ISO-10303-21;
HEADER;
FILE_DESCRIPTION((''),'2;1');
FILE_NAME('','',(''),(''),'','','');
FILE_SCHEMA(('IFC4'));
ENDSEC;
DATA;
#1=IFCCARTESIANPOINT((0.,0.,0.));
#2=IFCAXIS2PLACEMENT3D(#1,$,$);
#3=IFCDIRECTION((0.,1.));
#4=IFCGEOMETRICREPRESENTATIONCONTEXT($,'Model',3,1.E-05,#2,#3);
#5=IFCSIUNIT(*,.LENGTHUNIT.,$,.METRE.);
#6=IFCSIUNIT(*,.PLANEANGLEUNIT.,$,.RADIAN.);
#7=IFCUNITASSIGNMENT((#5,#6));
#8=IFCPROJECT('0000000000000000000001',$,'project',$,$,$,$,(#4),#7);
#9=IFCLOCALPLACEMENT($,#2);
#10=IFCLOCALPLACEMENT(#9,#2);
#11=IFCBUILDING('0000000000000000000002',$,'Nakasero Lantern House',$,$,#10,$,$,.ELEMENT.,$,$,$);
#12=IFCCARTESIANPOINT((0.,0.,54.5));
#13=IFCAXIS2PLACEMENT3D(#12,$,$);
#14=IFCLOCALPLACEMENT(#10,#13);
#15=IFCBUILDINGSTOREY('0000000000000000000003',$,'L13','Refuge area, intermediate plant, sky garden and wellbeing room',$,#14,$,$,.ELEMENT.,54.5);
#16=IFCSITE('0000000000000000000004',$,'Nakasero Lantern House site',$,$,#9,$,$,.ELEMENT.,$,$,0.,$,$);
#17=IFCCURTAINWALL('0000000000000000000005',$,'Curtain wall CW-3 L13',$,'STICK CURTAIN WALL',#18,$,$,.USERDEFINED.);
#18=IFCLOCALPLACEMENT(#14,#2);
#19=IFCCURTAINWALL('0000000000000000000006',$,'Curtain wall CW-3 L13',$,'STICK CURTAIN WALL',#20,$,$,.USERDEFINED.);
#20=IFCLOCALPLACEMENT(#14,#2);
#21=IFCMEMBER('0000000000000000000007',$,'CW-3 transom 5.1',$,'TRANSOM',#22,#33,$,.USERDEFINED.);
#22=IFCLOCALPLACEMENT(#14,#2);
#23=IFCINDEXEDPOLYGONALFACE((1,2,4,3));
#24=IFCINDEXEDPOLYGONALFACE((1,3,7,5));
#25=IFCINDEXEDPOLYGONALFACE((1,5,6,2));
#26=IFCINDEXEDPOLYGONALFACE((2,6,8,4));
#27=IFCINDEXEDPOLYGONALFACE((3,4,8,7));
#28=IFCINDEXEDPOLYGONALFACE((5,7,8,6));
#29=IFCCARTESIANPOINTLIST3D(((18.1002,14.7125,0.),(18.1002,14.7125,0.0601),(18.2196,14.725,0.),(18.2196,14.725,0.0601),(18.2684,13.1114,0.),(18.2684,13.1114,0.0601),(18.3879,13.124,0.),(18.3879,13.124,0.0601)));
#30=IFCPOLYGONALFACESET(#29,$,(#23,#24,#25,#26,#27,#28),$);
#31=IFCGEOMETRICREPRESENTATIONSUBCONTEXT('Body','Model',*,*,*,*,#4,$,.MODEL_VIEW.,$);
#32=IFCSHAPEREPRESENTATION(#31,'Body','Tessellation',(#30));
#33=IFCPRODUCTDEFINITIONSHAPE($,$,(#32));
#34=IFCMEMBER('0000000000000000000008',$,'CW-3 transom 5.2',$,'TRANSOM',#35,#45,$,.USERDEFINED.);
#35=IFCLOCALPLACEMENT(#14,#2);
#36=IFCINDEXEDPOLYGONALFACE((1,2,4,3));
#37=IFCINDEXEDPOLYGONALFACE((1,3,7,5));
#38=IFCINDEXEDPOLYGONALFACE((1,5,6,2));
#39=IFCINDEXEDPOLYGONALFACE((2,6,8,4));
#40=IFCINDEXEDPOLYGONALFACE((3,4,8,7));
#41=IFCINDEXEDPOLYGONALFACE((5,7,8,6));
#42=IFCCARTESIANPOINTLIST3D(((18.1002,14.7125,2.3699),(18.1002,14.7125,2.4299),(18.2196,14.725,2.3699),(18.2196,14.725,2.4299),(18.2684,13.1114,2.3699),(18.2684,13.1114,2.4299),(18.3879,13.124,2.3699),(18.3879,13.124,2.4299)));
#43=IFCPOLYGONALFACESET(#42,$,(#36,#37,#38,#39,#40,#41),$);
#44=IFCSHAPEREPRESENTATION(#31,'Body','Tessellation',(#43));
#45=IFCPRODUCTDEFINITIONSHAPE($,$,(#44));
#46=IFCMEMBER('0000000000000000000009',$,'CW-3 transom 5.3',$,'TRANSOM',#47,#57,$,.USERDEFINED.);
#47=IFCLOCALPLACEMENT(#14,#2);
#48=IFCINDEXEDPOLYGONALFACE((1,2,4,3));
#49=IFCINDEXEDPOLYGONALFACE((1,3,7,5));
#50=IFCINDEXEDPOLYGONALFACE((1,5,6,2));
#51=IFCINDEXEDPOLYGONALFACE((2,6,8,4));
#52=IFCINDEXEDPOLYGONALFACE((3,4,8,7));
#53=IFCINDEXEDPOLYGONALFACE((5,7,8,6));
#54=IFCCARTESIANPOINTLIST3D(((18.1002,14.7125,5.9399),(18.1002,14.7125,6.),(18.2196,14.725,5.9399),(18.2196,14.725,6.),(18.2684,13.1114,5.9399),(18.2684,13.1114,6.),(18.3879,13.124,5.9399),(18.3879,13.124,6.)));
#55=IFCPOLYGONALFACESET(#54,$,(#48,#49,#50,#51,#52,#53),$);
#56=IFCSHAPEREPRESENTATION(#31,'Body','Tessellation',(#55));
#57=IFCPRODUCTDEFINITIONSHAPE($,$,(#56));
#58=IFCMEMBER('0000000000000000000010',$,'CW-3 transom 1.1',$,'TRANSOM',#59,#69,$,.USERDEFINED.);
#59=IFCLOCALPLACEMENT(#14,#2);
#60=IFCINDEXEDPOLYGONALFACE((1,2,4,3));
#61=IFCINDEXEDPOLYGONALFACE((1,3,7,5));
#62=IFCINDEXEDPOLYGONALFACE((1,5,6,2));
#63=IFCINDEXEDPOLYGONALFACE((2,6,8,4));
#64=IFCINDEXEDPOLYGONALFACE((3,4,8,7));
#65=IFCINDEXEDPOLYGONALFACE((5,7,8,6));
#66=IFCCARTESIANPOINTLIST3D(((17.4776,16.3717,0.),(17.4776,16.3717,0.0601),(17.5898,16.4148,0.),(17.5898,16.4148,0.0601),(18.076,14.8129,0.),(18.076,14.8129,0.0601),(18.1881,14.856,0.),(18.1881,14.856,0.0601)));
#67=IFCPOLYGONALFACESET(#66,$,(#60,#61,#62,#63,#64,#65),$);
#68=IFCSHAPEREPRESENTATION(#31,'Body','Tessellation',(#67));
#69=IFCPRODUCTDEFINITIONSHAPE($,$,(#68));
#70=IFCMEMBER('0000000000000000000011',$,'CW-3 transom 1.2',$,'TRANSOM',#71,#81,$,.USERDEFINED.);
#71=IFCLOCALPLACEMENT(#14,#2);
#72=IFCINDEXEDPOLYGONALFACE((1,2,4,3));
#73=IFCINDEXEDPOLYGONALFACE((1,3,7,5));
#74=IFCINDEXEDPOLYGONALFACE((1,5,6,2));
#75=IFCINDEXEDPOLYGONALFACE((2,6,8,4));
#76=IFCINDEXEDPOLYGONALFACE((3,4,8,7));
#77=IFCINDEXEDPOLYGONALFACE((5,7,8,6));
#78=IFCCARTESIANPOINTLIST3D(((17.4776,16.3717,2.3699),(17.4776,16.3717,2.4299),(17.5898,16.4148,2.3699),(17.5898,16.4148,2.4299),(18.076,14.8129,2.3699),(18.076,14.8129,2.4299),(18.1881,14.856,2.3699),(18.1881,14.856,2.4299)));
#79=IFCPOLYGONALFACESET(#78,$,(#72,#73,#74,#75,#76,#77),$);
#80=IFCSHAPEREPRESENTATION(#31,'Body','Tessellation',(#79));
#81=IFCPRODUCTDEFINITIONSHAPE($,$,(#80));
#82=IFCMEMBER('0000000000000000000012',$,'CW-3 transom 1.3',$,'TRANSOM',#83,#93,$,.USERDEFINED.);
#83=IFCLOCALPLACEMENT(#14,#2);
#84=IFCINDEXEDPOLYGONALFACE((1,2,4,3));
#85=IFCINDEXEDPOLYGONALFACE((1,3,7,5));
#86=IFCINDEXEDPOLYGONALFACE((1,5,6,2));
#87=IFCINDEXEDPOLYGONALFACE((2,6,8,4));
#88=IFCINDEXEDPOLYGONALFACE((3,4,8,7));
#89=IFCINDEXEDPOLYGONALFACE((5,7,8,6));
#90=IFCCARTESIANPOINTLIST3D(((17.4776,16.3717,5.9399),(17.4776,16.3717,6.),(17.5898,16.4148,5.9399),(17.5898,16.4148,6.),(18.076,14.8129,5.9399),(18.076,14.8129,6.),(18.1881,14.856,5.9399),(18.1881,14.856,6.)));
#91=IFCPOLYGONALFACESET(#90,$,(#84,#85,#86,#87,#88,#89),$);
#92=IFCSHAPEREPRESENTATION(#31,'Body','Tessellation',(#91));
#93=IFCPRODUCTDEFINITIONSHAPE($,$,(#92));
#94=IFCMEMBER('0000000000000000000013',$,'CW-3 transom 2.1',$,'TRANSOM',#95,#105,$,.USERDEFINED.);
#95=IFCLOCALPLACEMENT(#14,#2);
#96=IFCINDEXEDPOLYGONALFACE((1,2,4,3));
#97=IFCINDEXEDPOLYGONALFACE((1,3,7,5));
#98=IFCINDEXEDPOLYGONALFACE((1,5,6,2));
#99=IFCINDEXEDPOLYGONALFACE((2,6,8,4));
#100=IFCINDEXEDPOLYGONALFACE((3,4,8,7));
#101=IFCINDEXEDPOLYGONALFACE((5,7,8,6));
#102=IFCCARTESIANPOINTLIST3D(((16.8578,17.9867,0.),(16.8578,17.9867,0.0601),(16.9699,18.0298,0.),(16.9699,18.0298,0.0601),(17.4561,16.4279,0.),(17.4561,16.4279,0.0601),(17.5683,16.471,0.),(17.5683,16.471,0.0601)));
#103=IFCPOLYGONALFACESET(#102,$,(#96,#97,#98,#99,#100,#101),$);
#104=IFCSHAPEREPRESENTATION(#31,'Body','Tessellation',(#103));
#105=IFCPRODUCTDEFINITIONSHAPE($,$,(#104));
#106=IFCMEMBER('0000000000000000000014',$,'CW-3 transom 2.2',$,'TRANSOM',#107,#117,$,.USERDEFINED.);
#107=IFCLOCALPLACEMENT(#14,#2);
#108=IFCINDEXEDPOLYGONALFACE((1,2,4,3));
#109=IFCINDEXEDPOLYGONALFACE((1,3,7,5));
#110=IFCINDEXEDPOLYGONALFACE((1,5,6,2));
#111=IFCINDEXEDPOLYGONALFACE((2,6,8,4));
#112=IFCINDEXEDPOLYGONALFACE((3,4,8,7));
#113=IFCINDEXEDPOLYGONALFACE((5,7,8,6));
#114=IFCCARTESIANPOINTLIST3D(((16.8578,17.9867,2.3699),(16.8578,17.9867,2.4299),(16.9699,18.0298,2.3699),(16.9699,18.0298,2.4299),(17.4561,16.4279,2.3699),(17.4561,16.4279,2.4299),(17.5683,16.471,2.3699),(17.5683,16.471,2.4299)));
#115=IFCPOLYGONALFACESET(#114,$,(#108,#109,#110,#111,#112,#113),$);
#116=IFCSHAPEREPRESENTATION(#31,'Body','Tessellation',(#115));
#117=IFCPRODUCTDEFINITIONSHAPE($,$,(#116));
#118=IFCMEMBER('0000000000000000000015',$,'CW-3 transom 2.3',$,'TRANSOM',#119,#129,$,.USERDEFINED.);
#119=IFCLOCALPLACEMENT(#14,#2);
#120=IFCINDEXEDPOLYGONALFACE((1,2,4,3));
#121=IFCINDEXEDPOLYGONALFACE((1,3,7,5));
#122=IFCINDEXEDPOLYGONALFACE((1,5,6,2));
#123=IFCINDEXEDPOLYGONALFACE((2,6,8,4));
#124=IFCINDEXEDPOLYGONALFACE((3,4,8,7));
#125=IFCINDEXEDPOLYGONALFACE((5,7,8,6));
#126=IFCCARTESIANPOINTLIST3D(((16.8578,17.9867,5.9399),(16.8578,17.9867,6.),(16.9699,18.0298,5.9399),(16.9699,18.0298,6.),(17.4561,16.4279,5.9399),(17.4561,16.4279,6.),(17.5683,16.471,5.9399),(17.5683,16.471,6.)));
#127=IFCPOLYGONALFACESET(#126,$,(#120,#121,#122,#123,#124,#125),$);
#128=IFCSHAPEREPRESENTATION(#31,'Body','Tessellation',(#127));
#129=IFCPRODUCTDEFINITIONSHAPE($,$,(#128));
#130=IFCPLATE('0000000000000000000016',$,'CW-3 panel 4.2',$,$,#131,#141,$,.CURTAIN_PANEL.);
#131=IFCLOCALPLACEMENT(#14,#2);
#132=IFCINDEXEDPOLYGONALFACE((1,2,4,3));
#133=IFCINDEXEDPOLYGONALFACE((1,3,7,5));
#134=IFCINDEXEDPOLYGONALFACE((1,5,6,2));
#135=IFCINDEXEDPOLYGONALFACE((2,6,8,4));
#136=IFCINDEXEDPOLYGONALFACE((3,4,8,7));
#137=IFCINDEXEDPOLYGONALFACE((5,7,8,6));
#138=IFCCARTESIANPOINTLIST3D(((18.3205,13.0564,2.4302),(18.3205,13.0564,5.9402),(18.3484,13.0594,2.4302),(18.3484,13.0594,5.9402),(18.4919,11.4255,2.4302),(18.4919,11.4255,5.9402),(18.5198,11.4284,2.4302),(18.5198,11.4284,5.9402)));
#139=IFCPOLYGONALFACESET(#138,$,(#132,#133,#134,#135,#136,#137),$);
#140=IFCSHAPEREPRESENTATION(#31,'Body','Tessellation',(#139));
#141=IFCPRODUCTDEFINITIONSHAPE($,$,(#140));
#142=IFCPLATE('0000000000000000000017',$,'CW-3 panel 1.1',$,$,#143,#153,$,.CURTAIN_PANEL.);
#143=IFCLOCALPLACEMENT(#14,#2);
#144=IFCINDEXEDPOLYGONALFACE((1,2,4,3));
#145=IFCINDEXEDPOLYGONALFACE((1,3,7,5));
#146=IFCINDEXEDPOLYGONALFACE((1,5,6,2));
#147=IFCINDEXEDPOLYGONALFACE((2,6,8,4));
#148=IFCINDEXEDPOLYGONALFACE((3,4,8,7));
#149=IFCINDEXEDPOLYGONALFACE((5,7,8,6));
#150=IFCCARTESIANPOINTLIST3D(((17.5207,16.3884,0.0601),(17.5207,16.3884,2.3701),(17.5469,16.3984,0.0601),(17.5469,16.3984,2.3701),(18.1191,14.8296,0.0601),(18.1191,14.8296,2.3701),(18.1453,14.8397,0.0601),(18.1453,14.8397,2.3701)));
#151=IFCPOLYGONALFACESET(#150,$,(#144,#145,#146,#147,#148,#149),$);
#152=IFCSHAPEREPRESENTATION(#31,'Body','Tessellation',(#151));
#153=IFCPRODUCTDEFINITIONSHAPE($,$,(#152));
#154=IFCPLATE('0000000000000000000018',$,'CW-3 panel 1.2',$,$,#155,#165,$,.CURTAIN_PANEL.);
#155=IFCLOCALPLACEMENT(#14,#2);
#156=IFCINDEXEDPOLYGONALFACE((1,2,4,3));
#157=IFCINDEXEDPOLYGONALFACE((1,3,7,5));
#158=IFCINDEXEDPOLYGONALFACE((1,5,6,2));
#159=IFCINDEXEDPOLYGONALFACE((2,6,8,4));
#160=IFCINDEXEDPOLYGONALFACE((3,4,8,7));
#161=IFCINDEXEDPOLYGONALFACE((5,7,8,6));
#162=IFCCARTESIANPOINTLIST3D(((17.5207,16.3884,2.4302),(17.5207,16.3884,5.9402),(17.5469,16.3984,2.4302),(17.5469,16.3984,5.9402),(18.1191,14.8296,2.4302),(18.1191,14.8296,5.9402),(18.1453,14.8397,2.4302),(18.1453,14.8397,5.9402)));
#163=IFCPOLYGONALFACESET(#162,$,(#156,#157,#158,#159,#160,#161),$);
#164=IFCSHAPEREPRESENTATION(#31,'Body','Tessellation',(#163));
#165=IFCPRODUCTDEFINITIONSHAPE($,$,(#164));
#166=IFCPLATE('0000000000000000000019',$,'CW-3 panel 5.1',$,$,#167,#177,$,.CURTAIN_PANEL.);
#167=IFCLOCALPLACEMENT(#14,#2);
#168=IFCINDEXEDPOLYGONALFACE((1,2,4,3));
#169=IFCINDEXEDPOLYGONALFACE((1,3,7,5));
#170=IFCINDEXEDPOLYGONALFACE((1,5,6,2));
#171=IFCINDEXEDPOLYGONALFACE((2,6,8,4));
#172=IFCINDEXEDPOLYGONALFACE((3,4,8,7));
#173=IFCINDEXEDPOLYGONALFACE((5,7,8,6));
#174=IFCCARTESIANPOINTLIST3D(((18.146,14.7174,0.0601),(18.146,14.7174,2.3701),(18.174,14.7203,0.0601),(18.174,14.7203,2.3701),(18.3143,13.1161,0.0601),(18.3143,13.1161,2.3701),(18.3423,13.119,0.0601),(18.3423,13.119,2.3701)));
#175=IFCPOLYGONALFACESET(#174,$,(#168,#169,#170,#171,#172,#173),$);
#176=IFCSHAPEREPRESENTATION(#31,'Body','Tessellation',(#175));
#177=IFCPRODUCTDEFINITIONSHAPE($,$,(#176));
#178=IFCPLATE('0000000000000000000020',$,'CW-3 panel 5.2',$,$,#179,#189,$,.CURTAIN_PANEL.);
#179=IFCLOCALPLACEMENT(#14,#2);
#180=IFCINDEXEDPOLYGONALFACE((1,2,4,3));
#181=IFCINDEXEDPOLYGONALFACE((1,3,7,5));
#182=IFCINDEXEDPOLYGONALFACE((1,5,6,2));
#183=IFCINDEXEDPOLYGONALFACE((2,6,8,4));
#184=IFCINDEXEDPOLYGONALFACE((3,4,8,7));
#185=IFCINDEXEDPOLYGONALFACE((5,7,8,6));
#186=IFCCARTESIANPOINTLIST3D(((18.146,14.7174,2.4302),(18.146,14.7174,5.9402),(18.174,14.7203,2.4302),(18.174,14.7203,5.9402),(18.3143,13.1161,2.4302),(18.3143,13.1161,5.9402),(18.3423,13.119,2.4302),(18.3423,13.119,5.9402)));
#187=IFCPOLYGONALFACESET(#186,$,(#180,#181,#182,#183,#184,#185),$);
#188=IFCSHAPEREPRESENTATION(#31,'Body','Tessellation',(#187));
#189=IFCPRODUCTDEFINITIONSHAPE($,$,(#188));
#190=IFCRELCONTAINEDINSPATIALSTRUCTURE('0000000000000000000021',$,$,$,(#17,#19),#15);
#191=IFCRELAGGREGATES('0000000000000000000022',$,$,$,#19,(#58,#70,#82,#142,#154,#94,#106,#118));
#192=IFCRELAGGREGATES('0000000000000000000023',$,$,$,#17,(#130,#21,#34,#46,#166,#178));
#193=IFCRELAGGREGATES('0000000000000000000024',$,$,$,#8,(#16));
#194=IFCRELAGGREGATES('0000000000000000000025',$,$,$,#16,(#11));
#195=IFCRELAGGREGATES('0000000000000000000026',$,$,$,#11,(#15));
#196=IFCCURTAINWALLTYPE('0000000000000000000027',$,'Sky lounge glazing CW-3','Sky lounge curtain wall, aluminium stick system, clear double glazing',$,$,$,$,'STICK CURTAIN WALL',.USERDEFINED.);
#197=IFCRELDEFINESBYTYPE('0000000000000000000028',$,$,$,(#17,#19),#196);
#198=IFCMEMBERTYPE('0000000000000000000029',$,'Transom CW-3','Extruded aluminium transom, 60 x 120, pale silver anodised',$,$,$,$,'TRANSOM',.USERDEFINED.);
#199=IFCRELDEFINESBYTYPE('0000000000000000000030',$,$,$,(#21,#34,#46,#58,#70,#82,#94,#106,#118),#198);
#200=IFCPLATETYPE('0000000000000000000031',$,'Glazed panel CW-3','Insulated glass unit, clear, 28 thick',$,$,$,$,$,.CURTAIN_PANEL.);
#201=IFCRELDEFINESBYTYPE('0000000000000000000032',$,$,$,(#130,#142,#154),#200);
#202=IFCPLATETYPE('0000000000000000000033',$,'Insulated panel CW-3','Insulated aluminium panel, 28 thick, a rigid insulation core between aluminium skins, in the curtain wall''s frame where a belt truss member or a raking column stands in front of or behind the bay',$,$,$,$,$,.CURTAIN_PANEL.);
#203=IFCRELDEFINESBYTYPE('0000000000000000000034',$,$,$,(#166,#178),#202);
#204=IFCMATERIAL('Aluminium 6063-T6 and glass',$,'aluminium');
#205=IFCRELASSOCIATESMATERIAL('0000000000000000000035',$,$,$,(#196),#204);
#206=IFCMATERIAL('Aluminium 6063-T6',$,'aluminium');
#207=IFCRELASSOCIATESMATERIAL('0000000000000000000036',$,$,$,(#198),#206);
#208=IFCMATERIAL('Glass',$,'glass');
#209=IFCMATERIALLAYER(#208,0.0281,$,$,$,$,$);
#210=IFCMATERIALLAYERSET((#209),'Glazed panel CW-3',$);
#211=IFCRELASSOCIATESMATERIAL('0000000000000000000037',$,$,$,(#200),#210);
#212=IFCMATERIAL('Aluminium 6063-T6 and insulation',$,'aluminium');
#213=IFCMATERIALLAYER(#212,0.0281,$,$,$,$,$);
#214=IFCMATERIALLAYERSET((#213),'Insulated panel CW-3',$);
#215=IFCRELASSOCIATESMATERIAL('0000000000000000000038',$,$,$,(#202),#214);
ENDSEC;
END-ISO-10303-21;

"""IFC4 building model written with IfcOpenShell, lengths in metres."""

from ifc_helpers import new_model, si_unit, direction, frame, origin, origin_2d, place, context, subcontext, project, spatial, rectangle, extrude, material, layer, layer_set, material_profile, profile_set, type_object, element, aggregate, save


model = new_model("IFC4")

# Units and contexts
model_context = context("Model", 3, precision=1e-05, world=origin(), true_north=direction((0.0, 1.0)))
body_context = subcontext(model_context, "Body", "Model", "MODEL_VIEW")
ifc_project = project(units=[si_unit("LENGTHUNIT", "METRE"), si_unit("PLANEANGLEUNIT", "RADIAN")], contexts=[model_context])

# Site, building, storey
site_placement = place(None, origin())
site = spatial("IfcSite", under=ifc_project, at=site_placement, Name="Nakasero Lantern House site", CompositionType="ELEMENT", RefElevation=0.0)
building_placement = place(site_placement, origin())
building = spatial("IfcBuilding", under=site, at=building_placement, Name="Nakasero Lantern House", CompositionType="ELEMENT")
storey_placement = place(building_placement, frame((0.0, 0.0, 54.5)))
storey = spatial("IfcBuildingStorey", under=building, at=storey_placement, Name="L13", Description="Refuge area, intermediate plant, sky garden and wellbeing room", CompositionType="ELEMENT", Elevation=54.5)

# Curtain walls
ifc_material_1 = material(Name="Aluminium 6063-T6 and glass", Category="aluminium")
curtain_wall_type = type_object("IfcCurtainWallType", Name="Sky lounge glazing CW-3", Description="Sky lounge curtain wall, aluminium stick system, clear double glazing", ElementType="STICK CURTAIN WALL", PredefinedType="USERDEFINED", material=ifc_material_1)
curtain_wall_1_placement = place(storey_placement, origin())
curtain_wall_1 = element("IfcCurtainWall", 1, at=curtain_wall_1_placement, inside=storey, type_object=curtain_wall_type, Name="Curtain wall CW-3 L13", ObjectType="STICK CURTAIN WALL", PredefinedType="USERDEFINED")
curtain_wall_2_placement = place(storey_placement, origin())
curtain_wall_2 = element("IfcCurtainWall", 2, at=curtain_wall_2_placement, inside=storey, type_object=curtain_wall_type, Name="Curtain wall CW-3 L13", ObjectType="STICK CURTAIN WALL", PredefinedType="USERDEFINED")

# Members
ifc_material_2 = material(Name="Aluminium 6063-T6", Category="aluminium")
ifc_material_profile_1 = material_profile(ifc_material_2, rectangle(XDim=0.0601, YDim=0.1201, at=origin_2d()), Name="CW-3 transom 60x120")
ifc_profile_set_1 = profile_set([ifc_material_profile_1], Name="Aluminium 6063-T6")
member_type_1 = type_object("IfcMemberType", Name="Transom CW-3", Description="Extruded aluminium transom, 60 x 120, pale silver anodised", ElementType="TRANSOM", PredefinedType="USERDEFINED", material=ifc_profile_set_1)
member_1_placement = place(storey_placement, frame((18.3281, 13.1177, 0.03), z_axis=(-0.104487, 0.994526, 0.0), x_axis=(0.0, 0.0, 1.0)))
member_1 = element("IfcMember", 3, at=member_1_placement, type_object=member_type_1, Name="CW-3 transom 5.1", ObjectType="TRANSOM", PredefinedType="USERDEFINED", context=body_context, shape_type="SweptSolid", body=[
    extrude(rectangle(XDim=0.0601, YDim=0.1201, at=origin_2d()), origin(), (0.0, 0.0, 1.0), 1.6099),
])
member_2_placement = place(storey_placement, frame((18.3281, 13.1177, 2.3999), z_axis=(-0.104487, 0.994526, 0.0), x_axis=(0.0, 0.0, 1.0)))
member_2 = element("IfcMember", 4, at=member_2_placement, type_object=member_type_1, Name="CW-3 transom 5.2", ObjectType="TRANSOM", PredefinedType="USERDEFINED", context=body_context, shape_type="SweptSolid", body=[
    extrude(rectangle(XDim=0.0601, YDim=0.1201, at=origin_2d()), origin(), (0.0, 0.0, 1.0), 1.6099),
])
member_3_placement = place(storey_placement, frame((18.3281, 13.1177, 5.97), z_axis=(-0.104487, 0.994526, 0.0), x_axis=(0.0, 0.0, 1.0)))
member_3 = element("IfcMember", 5, at=member_3_placement, type_object=member_type_1, Name="CW-3 transom 5.3", ObjectType="TRANSOM", PredefinedType="USERDEFINED", context=body_context, shape_type="SweptSolid", body=[
    extrude(rectangle(XDim=0.0601, YDim=0.1201, at=origin_2d()), origin(), (0.0, 0.0, 1.0), 1.6099),
])
member_4_placement = place(storey_placement, frame((18.1321, 14.8345, 0.03), z_axis=(-0.358372, 0.933579, 0.0), x_axis=(0.0, 0.0, 1.0)))
member_4 = element("IfcMember", 6, at=member_4_placement, type_object=member_type_1, Name="CW-3 transom 1.1", ObjectType="TRANSOM", PredefinedType="USERDEFINED", context=body_context, shape_type="SweptSolid", body=[
    extrude(rectangle(XDim=0.0601, YDim=0.1201, at=origin_2d()), origin(), (0.0, 0.0, 1.0), 1.6697),
])
member_5_placement = place(storey_placement, frame((18.1321, 14.8345, 2.3999), z_axis=(-0.358372, 0.933579, 0.0), x_axis=(0.0, 0.0, 1.0)))
member_5 = element("IfcMember", 7, at=member_5_placement, type_object=member_type_1, Name="CW-3 transom 1.2", ObjectType="TRANSOM", PredefinedType="USERDEFINED", context=body_context, shape_type="SweptSolid", body=[
    extrude(rectangle(XDim=0.0601, YDim=0.1201, at=origin_2d()), origin(), (0.0, 0.0, 1.0), 1.6697),
])
member_6_placement = place(storey_placement, frame((18.1321, 14.8345, 5.97), z_axis=(-0.358372, 0.933579, 0.0), x_axis=(0.0, 0.0, 1.0)))
member_6 = element("IfcMember", 8, at=member_6_placement, type_object=member_type_1, Name="CW-3 transom 1.3", ObjectType="TRANSOM", PredefinedType="USERDEFINED", context=body_context, shape_type="SweptSolid", body=[
    extrude(rectangle(XDim=0.0601, YDim=0.1201, at=origin_2d()), origin(), (0.0, 0.0, 1.0), 1.6697),
])
member_7_placement = place(storey_placement, frame((17.5122, 16.4495, 0.03), z_axis=(-0.358372, 0.933579, 0.0), x_axis=(0.0, 0.0, 1.0)))
member_7 = element("IfcMember", 9, at=member_7_placement, type_object=member_type_1, Name="CW-3 transom 2.1", ObjectType="TRANSOM", PredefinedType="USERDEFINED", context=body_context, shape_type="SweptSolid", body=[
    extrude(rectangle(XDim=0.0601, YDim=0.1201, at=origin_2d()), origin(), (0.0, 0.0, 1.0), 1.6697),
])
member_8_placement = place(storey_placement, frame((17.5122, 16.4495, 2.3999), z_axis=(-0.358372, 0.933579, 0.0), x_axis=(0.0, 0.0, 1.0)))
member_8 = element("IfcMember", 10, at=member_8_placement, type_object=member_type_1, Name="CW-3 transom 2.2", ObjectType="TRANSOM", PredefinedType="USERDEFINED", context=body_context, shape_type="SweptSolid", body=[
    extrude(rectangle(XDim=0.0601, YDim=0.1201, at=origin_2d()), origin(), (0.0, 0.0, 1.0), 1.6697),
])
member_9_placement = place(storey_placement, frame((17.5122, 16.4495, 5.97), z_axis=(-0.358372, 0.933579, 0.0), x_axis=(0.0, 0.0, 1.0)))
member_9 = element("IfcMember", 11, at=member_9_placement, type_object=member_type_1, Name="CW-3 transom 2.3", ObjectType="TRANSOM", PredefinedType="USERDEFINED", context=body_context, shape_type="SweptSolid", body=[
    extrude(rectangle(XDim=0.0601, YDim=0.1201, at=origin_2d()), origin(), (0.0, 0.0, 1.0), 1.6697),
])

# Plates
ifc_material_3 = material(Name="Glass", Category="glass")
ifc_layer_1 = layer(ifc_material_3, 0.0281)
ifc_layer_set_1 = layer_set([ifc_layer_1], Name="Glazed panel CW-3")
plate_type_1 = type_object("IfcPlateType", Name="Glazed panel CW-3", Description="Insulated glass unit, clear, 28 thick", PredefinedType="CURTAIN_PANEL", material=ifc_layer_set_1)
plate_1_placement = place(storey_placement, frame((18.4202, 12.2424, 2.4302), z_axis=(0.0, 0.0, 1.0), x_axis=(-0.104528, 0.994522, 0.0)))
plate_1 = element("IfcPlate", 12, at=plate_1_placement, type_object=plate_type_1, Name="CW-3 panel 4.2", PredefinedType="CURTAIN_PANEL", context=body_context, shape_type="SweptSolid", body=[
    extrude(rectangle(XDim=1.6399, YDim=0.0281, at=origin_2d()), origin(), (0.0, 0.0, 1.0), 3.51),
])
plate_2_placement = place(storey_placement, frame((17.833, 15.614, 0.0601), z_axis=(0.0, 0.0, 1.0), x_axis=(-0.358368, 0.93358, 0.0)))
plate_2 = element("IfcPlate", 13, at=plate_2_placement, type_object=plate_type_1, Name="CW-3 panel 1.1", PredefinedType="CURTAIN_PANEL", context=body_context, shape_type="SweptSolid", body=[
    extrude(rectangle(XDim=1.6697, YDim=0.0281, at=origin_2d()), origin(), (0.0, 0.0, 1.0), 2.3101),
])
plate_3_placement = place(storey_placement, frame((17.833, 15.614, 2.4302), z_axis=(0.0, 0.0, 1.0), x_axis=(-0.358368, 0.93358, 0.0)))
plate_3 = element("IfcPlate", 14, at=plate_3_placement, type_object=plate_type_1, Name="CW-3 panel 1.2", PredefinedType="CURTAIN_PANEL", context=body_context, shape_type="SweptSolid", body=[
    extrude(rectangle(XDim=1.6697, YDim=0.0281, at=origin_2d()), origin(), (0.0, 0.0, 1.0), 3.51),
])
aggregate(curtain_wall_2, [member_4, member_5, member_6, plate_2, plate_3, member_7, member_8, member_9])
ifc_material_4 = material(Name="Aluminium 6063-T6 and insulation", Category="aluminium")
ifc_layer_2 = layer(ifc_material_4, 0.0281)
ifc_layer_set_2 = layer_set([ifc_layer_2], Name="Insulated panel CW-3")
plate_type_2 = type_object("IfcPlateType", Name="Insulated panel CW-3", Description="Insulated aluminium panel, 28 thick, a rigid insulation core between aluminium skins, in the curtain wall's frame where a belt truss member or a raking column stands in front of or behind the bay", PredefinedType="CURTAIN_PANEL", material=ifc_layer_set_2)
plate_4_placement = place(storey_placement, frame((18.2441, 13.9182, 0.0601), z_axis=(0.0, 0.0, 1.0), x_axis=(-0.104528, 0.994522, 0.0)))
plate_4 = element("IfcPlate", 15, at=plate_4_placement, type_object=plate_type_2, Name="CW-3 panel 5.1", PredefinedType="CURTAIN_PANEL", context=body_context, shape_type="SweptSolid", body=[
    extrude(rectangle(XDim=1.6101, YDim=0.0281, at=origin_2d()), origin(), (0.0, 0.0, 1.0), 2.3101),
])
plate_5_placement = place(storey_placement, frame((18.2441, 13.9182, 2.4302), z_axis=(0.0, 0.0, 1.0), x_axis=(-0.104528, 0.994522, 0.0)))
plate_5 = element("IfcPlate", 16, at=plate_5_placement, type_object=plate_type_2, Name="CW-3 panel 5.2", PredefinedType="CURTAIN_PANEL", context=body_context, shape_type="SweptSolid", body=[
    extrude(rectangle(XDim=1.6101, YDim=0.0281, at=origin_2d()), origin(), (0.0, 0.0, 1.0), 3.51),
])
aggregate(curtain_wall_1, [plate_1, member_1, member_2, member_3, plate_4, plate_5])

save(model, "model.ifc")
